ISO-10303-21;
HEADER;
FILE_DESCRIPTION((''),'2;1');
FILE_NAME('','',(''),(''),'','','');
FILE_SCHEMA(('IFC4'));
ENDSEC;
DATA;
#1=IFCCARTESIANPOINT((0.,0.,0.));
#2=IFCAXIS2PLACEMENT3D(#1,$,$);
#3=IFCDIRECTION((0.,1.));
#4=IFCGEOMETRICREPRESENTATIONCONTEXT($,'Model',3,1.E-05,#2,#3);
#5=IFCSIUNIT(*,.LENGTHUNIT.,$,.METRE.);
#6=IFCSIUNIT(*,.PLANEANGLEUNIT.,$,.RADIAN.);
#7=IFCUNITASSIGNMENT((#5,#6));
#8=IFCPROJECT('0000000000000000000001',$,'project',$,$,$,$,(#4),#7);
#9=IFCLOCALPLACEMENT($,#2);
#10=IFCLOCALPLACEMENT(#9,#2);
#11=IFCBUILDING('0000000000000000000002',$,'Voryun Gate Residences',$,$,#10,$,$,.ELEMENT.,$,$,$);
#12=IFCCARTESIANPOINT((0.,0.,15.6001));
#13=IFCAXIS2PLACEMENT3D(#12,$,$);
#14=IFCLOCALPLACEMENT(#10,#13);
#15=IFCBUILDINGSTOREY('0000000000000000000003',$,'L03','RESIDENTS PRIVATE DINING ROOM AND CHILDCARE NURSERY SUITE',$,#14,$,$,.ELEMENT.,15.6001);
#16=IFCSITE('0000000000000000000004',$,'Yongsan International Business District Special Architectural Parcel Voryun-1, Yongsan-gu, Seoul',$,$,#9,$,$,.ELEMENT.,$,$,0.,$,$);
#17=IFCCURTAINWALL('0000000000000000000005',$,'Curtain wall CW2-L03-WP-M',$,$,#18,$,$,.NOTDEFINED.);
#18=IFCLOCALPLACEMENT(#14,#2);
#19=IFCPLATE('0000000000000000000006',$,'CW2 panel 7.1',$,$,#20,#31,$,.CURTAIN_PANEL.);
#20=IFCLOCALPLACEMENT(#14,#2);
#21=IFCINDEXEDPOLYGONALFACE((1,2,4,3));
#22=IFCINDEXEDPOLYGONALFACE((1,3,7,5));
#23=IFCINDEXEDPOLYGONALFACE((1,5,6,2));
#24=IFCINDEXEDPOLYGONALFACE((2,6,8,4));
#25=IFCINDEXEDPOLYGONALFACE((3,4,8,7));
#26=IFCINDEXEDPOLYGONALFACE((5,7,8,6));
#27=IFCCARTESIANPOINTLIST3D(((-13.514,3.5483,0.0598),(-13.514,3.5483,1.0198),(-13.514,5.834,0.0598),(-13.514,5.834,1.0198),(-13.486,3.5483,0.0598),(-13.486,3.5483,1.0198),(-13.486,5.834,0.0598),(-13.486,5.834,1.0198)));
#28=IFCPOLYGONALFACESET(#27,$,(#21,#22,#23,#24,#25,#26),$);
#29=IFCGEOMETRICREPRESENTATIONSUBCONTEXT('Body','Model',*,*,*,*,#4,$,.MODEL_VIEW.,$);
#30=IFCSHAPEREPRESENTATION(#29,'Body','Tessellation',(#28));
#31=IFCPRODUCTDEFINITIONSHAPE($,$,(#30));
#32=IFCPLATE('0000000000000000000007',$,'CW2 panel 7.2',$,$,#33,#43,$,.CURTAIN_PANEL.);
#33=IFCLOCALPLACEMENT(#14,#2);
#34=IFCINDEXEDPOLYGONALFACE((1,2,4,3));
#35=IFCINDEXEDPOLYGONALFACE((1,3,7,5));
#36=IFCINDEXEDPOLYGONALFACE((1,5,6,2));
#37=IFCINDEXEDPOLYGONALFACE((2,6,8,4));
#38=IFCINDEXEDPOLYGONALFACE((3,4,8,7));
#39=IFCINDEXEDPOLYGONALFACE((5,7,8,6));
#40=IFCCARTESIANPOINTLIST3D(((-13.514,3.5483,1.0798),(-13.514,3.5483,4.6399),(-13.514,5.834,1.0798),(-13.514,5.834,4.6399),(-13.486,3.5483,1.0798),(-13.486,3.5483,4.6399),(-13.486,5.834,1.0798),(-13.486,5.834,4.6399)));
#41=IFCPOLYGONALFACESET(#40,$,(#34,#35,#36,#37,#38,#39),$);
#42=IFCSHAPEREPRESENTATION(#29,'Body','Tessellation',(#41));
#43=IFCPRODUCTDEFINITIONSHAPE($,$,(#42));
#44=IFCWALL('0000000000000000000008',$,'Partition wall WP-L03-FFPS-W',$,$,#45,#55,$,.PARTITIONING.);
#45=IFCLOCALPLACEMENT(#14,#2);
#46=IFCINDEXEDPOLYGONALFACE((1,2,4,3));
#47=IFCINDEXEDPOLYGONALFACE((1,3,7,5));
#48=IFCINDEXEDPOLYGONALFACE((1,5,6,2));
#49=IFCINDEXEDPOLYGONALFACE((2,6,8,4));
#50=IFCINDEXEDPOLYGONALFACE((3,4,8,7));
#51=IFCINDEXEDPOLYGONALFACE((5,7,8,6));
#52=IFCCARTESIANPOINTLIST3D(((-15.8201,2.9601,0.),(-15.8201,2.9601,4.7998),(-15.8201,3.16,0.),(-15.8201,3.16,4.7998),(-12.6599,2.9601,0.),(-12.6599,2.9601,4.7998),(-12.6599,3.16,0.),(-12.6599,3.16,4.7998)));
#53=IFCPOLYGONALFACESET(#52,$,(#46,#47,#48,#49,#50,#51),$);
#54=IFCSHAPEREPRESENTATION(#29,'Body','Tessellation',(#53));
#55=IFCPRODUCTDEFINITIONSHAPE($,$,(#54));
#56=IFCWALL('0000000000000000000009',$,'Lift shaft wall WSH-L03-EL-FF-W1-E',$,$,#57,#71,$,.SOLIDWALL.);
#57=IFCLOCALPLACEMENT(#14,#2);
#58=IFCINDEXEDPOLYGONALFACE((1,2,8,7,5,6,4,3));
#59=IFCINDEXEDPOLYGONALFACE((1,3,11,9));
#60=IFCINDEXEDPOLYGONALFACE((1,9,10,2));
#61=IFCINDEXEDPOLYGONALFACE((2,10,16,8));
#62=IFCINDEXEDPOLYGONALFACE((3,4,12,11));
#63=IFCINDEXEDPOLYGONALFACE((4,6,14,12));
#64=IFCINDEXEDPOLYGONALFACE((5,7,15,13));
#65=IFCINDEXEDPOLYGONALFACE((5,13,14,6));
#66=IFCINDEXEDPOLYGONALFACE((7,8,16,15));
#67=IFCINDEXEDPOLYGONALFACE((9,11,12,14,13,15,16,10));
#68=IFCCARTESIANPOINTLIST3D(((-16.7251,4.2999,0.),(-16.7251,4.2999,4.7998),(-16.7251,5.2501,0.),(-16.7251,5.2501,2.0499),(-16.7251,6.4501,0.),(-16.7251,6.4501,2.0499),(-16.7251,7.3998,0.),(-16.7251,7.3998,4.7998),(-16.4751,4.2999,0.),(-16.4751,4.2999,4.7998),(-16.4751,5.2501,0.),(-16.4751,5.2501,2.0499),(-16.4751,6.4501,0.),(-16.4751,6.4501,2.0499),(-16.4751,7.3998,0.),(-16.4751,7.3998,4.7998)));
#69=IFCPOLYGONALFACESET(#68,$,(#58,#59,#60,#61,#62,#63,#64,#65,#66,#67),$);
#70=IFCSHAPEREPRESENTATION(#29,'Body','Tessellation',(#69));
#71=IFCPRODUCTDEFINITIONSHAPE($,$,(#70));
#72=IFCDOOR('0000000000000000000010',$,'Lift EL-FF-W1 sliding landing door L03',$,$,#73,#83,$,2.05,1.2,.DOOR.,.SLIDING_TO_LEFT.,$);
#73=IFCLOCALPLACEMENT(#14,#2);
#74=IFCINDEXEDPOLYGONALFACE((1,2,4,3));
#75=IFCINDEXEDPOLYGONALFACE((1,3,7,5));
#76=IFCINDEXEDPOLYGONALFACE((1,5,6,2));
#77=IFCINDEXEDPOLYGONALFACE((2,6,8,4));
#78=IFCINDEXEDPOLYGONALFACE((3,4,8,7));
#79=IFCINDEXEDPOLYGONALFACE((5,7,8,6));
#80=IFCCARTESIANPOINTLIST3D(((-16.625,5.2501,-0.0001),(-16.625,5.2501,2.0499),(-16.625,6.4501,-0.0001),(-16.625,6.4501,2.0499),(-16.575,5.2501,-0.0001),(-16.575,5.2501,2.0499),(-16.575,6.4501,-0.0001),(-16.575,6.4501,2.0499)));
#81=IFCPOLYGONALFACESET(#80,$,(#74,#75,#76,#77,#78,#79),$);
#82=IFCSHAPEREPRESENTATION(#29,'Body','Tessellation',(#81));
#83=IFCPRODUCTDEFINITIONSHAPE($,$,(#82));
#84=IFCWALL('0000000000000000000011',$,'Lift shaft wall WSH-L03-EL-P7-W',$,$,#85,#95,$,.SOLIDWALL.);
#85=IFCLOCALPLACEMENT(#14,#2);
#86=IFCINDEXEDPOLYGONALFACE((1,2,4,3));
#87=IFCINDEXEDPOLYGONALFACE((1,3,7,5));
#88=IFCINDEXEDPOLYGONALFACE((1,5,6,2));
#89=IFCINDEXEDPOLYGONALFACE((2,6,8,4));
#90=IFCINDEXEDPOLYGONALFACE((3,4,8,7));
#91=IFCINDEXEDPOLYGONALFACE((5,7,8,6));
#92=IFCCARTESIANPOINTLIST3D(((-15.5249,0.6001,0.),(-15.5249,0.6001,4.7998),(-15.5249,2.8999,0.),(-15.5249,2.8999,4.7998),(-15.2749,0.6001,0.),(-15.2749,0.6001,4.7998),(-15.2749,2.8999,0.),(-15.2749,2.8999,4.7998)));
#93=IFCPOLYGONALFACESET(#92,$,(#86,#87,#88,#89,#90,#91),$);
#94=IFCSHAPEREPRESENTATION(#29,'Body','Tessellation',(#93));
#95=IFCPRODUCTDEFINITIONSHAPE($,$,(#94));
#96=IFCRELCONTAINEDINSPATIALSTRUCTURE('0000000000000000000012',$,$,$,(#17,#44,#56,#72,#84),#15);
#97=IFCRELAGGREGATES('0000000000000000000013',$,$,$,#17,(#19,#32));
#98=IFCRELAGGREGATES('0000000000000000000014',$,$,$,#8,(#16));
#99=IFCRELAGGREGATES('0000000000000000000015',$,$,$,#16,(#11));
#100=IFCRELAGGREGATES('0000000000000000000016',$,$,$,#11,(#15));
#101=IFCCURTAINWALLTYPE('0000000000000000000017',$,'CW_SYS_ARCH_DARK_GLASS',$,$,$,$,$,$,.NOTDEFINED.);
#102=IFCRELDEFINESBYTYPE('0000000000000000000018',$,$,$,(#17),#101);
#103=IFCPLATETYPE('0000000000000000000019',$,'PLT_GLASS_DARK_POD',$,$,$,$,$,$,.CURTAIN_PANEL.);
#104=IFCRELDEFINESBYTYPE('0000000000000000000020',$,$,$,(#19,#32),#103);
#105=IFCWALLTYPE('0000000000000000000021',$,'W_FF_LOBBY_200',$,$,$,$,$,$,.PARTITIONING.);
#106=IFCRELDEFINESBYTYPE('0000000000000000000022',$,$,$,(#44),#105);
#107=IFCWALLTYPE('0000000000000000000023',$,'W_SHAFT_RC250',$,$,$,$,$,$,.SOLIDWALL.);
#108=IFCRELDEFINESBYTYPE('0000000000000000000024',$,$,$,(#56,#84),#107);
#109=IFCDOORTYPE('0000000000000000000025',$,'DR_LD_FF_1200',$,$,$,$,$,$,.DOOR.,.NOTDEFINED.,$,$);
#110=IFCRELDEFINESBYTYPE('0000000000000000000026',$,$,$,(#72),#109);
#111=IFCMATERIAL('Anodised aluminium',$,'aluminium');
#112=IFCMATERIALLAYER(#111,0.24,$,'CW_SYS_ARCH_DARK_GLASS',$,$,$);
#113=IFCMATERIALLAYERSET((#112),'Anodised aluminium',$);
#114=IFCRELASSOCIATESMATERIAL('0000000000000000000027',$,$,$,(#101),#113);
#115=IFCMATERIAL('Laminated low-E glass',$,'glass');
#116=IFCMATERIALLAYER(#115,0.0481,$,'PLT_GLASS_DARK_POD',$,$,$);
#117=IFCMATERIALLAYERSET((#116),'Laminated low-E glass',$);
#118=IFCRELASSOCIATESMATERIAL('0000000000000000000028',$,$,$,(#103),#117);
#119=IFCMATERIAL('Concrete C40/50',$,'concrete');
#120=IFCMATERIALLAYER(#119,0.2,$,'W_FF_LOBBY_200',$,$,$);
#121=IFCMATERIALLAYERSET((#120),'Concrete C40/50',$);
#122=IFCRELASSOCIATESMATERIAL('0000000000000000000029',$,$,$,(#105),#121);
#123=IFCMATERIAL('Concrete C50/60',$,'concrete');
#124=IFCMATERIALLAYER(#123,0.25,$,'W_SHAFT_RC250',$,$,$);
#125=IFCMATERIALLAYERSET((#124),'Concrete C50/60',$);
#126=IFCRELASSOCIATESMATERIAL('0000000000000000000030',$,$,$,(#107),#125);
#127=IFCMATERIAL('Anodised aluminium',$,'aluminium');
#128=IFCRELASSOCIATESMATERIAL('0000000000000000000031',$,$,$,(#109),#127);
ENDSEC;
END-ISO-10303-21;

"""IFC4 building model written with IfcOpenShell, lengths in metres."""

from ifc_helpers import new_model, si_unit, direction, frame, frame_2d, origin, origin_2d, place, context, subcontext, project, spatial, rectangle, extrude, material, layer, layer_set, type_object, element, fill, aggregate, save


model = new_model("IFC4")

# Units and contexts
model_context = context("Model", 3, precision=1e-05, world=origin(), true_north=direction((0.0, 1.0)))
body_context = subcontext(model_context, "Body", "Model", "MODEL_VIEW")
ifc_project = project(units=[si_unit("LENGTHUNIT", "METRE"), si_unit("PLANEANGLEUNIT", "RADIAN")], contexts=[model_context])

# Site, building, storey
site_placement = place(None, origin())
site = spatial("IfcSite", under=ifc_project, at=site_placement, Name="Yongsan International Business District Special Architectural Parcel Voryun-1, Yongsan-gu, Seoul", CompositionType="ELEMENT", RefElevation=0.0)
building_placement = place(site_placement, origin())
building = spatial("IfcBuilding", under=site, at=building_placement, Name="Voryun Gate Residences", CompositionType="ELEMENT")
storey_placement = place(building_placement, frame((0.0, 0.0, 15.6001)))
storey = spatial("IfcBuildingStorey", under=building, at=storey_placement, Name="L03", Description="RESIDENTS PRIVATE DINING ROOM AND CHILDCARE NURSERY SUITE", CompositionType="ELEMENT", Elevation=15.6001)

# Curtain wall, plates
ifc_material_1 = material(Name="Anodised aluminium", Category="aluminium")
ifc_layer_1 = layer(ifc_material_1, 0.24, Name="CW_SYS_ARCH_DARK_GLASS")
ifc_layer_set_1 = layer_set([ifc_layer_1], Name="Anodised aluminium")
curtain_wall_type = type_object("IfcCurtainWallType", Name="CW_SYS_ARCH_DARK_GLASS", PredefinedType="NOTDEFINED", material=ifc_layer_set_1)
curtain_wall_placement = place(storey_placement, origin())
curtain_wall = element("IfcCurtainWall", 1, at=curtain_wall_placement, inside=storey, type_object=curtain_wall_type, Name="Curtain wall CW2-L03-WP-M", PredefinedType="NOTDEFINED")
ifc_material_2 = material(Name="Laminated low-E glass", Category="glass")
ifc_layer_2 = layer(ifc_material_2, 0.0481, Name="PLT_GLASS_DARK_POD")
ifc_layer_set_2 = layer_set([ifc_layer_2], Name="Laminated low-E glass")
plate_type = type_object("IfcPlateType", Name="PLT_GLASS_DARK_POD", PredefinedType="CURTAIN_PANEL", material=ifc_layer_set_2)
plate_1_placement = place(storey_placement, frame((-13.5, 4.6912, 0.0598), z_axis=(0.0, 0.0, 1.0), x_axis=(0.0, 1.0, 0.0)))
plate_1 = element("IfcPlate", 2, at=plate_1_placement, type_object=plate_type, Name="CW2 panel 7.1", PredefinedType="CURTAIN_PANEL", context=body_context, shape_type="SweptSolid", body=[
    extrude(rectangle(XDim=2.2856, YDim=0.0281, at=origin_2d()), origin(), (0.0, 0.0, 1.0), 0.96),
])
plate_2_placement = place(storey_placement, frame((-13.5, 4.6912, 1.0798), z_axis=(0.0, 0.0, 1.0), x_axis=(0.0, 1.0, 0.0)))
plate_2 = element("IfcPlate", 3, at=plate_2_placement, type_object=plate_type, Name="CW2 panel 7.2", PredefinedType="CURTAIN_PANEL", context=body_context, shape_type="SweptSolid", body=[
    extrude(rectangle(XDim=2.2856, YDim=0.0281, at=origin_2d()), origin(), (0.0, 0.0, 1.0), 3.5601),
])
aggregate(curtain_wall, [plate_1, plate_2])

# Wall
ifc_material_3 = material(Name="Concrete C40/50", Category="concrete")
ifc_layer_3 = layer(ifc_material_3, 0.2, Name="W_FF_LOBBY_200")
ifc_layer_set_3 = layer_set([ifc_layer_3], Name="Concrete C40/50")
wall_type_1 = type_object("IfcWallType", Name="W_FF_LOBBY_200", PredefinedType="PARTITIONING", material=ifc_layer_set_3)
wall_1_placement = place(storey_placement, frame((-15.8201, 3.0601, 0.0), z_axis=(0.0, 0.0, 1.0), x_axis=(1.0, 0.0, 0.0)))
element("IfcWall", 4, at=wall_1_placement, inside=storey, type_object=wall_type_1, Name="Partition wall WP-L03-FFPS-W", PredefinedType="PARTITIONING", context=body_context, shape_type="SweptSolid", body=[
    extrude(rectangle(XDim=3.1602, YDim=0.2, at=frame_2d((1.5801, 0.0))), origin(), (0.0, 0.0, 1.0), 4.7998),
])

# Wall, opening, door
ifc_material_4 = material(Name="Concrete C50/60", Category="concrete")
ifc_layer_4 = layer(ifc_material_4, 0.25, Name="W_SHAFT_RC250")
ifc_layer_set_4 = layer_set([ifc_layer_4], Name="Concrete C50/60")
wall_type_2 = type_object("IfcWallType", Name="W_SHAFT_RC250", PredefinedType="SOLIDWALL", material=ifc_layer_set_4)
wall_2_placement = place(storey_placement, frame((-16.6001, 4.3, 0.0), z_axis=(0.0, 0.0, 1.0), x_axis=(0.0, 1.0, 0.0)))
wall_2 = element("IfcWall", 5, at=wall_2_placement, inside=storey, type_object=wall_type_2, Name="Lift shaft wall WSH-L03-EL-FF-W1-E", PredefinedType="SOLIDWALL", context=body_context, shape_type="SweptSolid", body=[
    extrude(rectangle(XDim=3.0999, YDim=0.25, at=frame_2d((1.5498, 0.0))), origin(), (0.0, 0.0, 1.0), 4.7998),
])
opening_placement = place(wall_2_placement, frame((0.95, 0.0, 0.0)))
opening = element("IfcOpeningElement", 6, at=opening_placement, cuts=wall_2, PredefinedType="OPENING", context=body_context, shape_type="SweptSolid", body=[
    extrude(rectangle(XDim=1.2, YDim=2.05, at=frame_2d((0.6001, 1.0249))), frame((0.0, 0.135, 0.0), z_axis=(0.0, -1.0, 0.0), x_axis=(1.0, 0.0, 0.0)), (0.0, 0.0, 1.0), 0.27),
])
ifc_material_5 = material(Name="Anodised aluminium", Category="aluminium")
door_type = type_object("IfcDoorType", Name="DR_LD_FF_1200", OperationType="NOTDEFINED", PredefinedType="DOOR", material=ifc_material_5)
door_placement = place(opening_placement, origin())
door = element("IfcDoor", 7, at=door_placement, inside=storey, type_object=door_type, Name="Lift EL-FF-W1 sliding landing door L03", OperationType="SLIDING_TO_LEFT", OverallHeight=2.05, OverallWidth=1.2, PredefinedType="DOOR", context=body_context, shape_type="SweptSolid", body=[
    extrude(rectangle(XDim=1.2, YDim=2.05, at=frame_2d((0.6001, 1.0249))), frame((0.0, 0.0249, 0.0), z_axis=(0.0, -1.0, 0.0), x_axis=(1.0, 0.0, 0.0)), (0.0, 0.0, 1.0), 0.05),
])
fill(opening, door)

# Wall
wall_3_placement = place(storey_placement, frame((-15.3999, 2.8999, 0.0), z_axis=(0.0, 0.0, 1.0), x_axis=(0.0, -1.0, 0.0)))
element("IfcWall", 8, at=wall_3_placement, inside=storey, type_object=wall_type_2, Name="Lift shaft wall WSH-L03-EL-P7-W", PredefinedType="SOLIDWALL", context=body_context, shape_type="SweptSolid", body=[
    extrude(rectangle(XDim=2.2998, YDim=0.25, at=frame_2d((1.1499, 0.0))), origin(), (0.0, 0.0, 1.0), 4.7998),
])

save(model, "model.ifc")
